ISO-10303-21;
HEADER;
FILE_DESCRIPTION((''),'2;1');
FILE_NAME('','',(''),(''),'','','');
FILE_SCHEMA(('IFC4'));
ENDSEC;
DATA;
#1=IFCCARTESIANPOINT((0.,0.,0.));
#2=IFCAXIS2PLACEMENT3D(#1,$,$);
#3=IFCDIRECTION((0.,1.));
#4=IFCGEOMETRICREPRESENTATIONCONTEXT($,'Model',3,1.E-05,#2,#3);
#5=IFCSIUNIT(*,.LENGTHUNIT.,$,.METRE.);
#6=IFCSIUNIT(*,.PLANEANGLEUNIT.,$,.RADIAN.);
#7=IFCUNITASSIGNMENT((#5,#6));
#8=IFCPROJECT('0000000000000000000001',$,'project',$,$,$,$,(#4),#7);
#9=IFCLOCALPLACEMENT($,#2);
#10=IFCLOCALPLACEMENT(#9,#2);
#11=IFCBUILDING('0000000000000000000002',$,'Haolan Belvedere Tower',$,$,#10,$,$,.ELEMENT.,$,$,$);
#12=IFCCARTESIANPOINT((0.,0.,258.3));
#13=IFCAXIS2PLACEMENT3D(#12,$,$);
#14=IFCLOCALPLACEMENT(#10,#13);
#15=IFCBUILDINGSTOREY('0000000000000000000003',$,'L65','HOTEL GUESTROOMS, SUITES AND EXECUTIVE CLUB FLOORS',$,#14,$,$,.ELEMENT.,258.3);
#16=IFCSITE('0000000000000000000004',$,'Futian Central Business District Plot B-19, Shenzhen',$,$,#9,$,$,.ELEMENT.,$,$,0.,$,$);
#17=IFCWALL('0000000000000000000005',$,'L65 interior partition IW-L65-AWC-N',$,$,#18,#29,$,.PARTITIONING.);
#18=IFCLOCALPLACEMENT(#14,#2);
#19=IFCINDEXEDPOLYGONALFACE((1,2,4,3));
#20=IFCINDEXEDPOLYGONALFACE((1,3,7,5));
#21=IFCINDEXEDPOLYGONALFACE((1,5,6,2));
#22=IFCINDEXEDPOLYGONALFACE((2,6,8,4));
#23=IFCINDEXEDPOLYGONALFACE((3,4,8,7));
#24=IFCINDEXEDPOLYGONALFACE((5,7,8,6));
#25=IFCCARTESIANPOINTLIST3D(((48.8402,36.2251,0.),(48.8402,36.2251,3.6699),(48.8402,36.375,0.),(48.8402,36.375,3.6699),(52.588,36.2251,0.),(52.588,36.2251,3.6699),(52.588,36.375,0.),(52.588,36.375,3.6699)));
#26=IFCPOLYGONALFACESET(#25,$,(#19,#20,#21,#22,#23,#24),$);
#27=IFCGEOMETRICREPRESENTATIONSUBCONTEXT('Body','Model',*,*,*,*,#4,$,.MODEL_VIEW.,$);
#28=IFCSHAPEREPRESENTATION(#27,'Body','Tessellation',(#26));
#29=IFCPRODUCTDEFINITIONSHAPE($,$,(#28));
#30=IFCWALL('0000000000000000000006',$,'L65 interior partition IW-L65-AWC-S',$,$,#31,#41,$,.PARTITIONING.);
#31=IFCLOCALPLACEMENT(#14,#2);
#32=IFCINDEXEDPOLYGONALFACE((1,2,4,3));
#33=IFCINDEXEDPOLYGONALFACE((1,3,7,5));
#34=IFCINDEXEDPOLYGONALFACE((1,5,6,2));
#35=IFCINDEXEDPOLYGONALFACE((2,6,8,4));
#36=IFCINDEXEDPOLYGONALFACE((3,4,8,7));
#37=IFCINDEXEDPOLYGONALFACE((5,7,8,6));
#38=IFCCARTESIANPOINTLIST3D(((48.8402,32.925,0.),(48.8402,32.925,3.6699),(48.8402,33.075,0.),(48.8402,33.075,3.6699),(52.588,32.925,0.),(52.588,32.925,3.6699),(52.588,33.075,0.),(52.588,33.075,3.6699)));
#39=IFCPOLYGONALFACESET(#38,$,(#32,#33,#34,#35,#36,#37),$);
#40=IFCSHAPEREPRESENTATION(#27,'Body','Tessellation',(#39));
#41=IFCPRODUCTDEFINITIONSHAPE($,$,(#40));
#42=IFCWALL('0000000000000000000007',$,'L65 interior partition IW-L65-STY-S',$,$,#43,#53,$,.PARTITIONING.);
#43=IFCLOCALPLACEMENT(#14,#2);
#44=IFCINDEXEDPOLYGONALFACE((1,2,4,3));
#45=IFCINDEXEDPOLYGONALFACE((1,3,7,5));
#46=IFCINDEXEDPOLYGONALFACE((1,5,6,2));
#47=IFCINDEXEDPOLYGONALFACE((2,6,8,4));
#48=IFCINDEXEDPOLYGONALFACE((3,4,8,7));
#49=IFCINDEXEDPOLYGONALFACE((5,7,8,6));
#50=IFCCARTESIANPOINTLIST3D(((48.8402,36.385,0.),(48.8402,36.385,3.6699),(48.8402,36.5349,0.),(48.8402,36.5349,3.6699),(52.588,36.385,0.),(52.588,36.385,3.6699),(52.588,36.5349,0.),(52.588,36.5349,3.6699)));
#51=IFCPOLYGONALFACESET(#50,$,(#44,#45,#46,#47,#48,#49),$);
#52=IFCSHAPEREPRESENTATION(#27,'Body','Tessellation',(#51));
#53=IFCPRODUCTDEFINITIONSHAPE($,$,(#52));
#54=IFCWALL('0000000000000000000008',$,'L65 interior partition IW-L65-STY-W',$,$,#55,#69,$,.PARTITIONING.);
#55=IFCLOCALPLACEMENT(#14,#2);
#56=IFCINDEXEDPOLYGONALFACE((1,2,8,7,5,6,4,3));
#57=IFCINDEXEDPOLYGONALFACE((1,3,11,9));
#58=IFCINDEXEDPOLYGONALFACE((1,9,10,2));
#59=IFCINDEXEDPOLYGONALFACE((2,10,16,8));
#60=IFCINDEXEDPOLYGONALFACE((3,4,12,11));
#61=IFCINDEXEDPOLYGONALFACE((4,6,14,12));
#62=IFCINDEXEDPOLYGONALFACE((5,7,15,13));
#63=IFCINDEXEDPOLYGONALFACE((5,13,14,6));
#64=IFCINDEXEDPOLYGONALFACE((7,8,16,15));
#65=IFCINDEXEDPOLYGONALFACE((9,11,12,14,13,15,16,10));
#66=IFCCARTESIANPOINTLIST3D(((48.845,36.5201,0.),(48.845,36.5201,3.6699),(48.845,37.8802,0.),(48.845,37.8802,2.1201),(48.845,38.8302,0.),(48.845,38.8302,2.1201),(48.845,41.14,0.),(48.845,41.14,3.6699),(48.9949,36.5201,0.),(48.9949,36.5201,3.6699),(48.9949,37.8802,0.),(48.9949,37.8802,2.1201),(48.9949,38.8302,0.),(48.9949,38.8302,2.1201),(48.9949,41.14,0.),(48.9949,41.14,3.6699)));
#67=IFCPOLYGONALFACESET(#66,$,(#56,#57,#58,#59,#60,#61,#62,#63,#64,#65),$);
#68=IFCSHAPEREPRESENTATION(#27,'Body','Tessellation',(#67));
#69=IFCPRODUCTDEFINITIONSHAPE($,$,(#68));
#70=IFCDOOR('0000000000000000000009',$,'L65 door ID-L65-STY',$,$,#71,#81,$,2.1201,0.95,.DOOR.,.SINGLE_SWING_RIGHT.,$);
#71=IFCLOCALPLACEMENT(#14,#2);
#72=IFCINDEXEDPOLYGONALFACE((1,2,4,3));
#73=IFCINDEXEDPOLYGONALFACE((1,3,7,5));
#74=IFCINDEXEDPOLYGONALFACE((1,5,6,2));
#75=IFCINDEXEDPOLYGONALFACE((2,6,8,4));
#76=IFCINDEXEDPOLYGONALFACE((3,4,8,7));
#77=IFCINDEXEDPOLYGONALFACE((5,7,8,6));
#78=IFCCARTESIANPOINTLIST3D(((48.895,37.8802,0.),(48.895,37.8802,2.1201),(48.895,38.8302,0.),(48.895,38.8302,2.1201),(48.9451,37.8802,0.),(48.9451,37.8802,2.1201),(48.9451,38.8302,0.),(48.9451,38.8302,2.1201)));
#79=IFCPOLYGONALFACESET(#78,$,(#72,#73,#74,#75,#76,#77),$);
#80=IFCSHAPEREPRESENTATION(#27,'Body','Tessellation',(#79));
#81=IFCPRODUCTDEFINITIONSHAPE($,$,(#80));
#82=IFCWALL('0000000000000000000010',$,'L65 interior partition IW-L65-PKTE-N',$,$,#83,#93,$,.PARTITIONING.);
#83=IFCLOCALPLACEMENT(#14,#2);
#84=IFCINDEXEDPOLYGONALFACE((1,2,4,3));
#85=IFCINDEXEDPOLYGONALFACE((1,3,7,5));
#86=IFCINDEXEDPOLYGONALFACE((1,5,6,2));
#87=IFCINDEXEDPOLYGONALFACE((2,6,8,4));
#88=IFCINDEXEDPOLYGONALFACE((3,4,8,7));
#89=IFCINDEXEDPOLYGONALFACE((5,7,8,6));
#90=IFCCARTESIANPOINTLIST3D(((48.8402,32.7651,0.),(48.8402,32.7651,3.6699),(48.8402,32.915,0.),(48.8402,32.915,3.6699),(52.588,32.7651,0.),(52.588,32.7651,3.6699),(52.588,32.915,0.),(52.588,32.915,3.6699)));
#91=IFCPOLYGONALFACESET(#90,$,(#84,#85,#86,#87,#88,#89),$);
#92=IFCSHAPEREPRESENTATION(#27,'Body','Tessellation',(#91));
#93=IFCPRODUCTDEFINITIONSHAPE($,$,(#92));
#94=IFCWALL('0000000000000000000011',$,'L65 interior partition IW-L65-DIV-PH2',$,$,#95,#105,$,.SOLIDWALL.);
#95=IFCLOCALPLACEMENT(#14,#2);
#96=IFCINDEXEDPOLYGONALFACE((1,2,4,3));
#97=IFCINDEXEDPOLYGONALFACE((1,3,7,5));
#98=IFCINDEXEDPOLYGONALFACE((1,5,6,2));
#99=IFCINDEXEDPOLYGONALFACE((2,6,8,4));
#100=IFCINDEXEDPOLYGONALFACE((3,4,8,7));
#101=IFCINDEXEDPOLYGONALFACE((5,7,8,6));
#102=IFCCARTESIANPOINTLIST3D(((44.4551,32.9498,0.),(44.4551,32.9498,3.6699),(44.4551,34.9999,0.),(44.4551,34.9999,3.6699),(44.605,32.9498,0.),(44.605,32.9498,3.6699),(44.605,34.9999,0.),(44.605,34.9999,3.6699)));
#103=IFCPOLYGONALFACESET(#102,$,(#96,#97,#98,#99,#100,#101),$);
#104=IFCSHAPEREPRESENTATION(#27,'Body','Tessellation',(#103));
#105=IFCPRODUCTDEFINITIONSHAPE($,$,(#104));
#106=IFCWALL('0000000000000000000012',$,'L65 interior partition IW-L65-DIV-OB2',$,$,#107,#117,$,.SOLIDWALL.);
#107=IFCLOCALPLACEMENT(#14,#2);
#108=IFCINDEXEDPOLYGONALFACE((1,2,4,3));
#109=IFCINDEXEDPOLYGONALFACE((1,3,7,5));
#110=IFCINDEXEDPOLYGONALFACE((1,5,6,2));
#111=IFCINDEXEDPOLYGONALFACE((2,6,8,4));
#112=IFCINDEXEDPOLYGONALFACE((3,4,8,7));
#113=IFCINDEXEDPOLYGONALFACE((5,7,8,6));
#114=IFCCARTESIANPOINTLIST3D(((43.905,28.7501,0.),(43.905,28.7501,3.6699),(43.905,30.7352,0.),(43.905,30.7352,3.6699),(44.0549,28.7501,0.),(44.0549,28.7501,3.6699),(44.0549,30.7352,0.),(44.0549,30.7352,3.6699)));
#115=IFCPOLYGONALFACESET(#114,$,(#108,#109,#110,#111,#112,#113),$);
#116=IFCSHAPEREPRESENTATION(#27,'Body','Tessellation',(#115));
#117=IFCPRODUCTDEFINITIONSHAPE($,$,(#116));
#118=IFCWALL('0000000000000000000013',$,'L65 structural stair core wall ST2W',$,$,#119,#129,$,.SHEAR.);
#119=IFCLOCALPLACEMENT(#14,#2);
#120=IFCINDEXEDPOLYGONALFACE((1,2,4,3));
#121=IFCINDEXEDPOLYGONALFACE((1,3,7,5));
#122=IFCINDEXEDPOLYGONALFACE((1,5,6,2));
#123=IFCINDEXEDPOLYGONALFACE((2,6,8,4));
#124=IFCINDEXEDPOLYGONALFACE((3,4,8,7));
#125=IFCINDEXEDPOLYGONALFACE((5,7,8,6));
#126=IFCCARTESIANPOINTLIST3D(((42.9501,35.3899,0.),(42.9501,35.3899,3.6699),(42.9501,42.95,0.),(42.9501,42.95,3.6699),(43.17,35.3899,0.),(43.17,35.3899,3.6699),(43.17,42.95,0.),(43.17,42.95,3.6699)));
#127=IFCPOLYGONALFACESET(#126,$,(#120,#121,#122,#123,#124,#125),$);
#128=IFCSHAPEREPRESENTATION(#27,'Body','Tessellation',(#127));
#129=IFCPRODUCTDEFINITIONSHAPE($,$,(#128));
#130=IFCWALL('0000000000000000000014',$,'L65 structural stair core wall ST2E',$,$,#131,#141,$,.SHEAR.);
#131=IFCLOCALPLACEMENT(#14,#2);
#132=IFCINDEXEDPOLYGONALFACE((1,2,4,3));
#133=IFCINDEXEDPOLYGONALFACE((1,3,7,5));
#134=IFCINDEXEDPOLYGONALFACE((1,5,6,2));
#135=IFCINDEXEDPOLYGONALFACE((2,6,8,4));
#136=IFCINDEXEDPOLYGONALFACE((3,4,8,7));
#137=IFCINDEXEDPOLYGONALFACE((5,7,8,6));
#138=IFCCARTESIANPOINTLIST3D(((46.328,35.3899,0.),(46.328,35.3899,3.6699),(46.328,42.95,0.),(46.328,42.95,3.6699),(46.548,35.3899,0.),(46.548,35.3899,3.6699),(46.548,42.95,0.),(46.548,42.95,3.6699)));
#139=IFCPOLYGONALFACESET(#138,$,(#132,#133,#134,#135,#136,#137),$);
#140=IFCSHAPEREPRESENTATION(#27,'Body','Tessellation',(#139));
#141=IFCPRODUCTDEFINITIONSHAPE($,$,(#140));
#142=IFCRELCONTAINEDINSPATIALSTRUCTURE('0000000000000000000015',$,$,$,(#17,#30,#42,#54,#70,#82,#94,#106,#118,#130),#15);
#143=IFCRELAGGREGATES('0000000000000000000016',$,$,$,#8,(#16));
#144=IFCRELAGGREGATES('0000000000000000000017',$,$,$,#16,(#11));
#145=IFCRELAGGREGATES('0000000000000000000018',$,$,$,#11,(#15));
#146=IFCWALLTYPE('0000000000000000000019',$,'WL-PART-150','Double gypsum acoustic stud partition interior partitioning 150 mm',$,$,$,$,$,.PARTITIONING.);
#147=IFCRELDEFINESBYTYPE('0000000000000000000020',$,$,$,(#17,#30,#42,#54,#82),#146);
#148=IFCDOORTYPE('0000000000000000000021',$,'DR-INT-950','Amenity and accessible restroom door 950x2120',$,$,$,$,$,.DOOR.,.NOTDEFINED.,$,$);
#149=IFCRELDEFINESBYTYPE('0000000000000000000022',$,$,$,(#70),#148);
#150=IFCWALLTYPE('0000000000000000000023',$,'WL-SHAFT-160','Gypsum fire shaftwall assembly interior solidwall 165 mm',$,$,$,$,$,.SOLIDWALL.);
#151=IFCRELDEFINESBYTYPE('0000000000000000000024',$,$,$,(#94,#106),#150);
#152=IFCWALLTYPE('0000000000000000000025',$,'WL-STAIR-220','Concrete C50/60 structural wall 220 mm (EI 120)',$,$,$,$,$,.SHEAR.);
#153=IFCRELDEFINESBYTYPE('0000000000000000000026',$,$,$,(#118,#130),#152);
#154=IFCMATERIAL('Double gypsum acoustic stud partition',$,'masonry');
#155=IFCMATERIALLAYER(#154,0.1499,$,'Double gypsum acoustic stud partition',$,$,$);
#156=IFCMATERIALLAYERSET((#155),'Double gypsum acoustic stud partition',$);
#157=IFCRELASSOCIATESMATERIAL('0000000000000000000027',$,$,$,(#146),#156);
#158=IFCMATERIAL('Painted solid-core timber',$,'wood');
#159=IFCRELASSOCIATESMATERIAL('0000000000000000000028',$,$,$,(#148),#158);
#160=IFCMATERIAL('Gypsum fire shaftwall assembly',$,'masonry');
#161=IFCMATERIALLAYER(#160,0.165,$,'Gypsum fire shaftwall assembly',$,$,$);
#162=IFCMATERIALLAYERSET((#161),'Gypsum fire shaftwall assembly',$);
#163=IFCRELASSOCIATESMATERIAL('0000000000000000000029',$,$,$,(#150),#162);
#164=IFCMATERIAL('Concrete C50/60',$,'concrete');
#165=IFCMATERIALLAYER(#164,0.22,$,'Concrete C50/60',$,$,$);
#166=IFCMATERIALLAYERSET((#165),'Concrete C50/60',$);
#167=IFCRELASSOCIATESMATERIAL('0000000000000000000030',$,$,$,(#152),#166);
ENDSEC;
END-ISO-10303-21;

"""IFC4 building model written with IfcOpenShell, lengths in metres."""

from ifc_helpers import new_model, si_unit, direction, frame, frame_2d, origin, place, context, subcontext, project, spatial, rectangle, extrude, material, layer, layer_set, type_object, element, fill, save


model = new_model("IFC4")

# Units and contexts
model_context = context("Model", 3, precision=1e-05, world=origin(), true_north=direction((0.0, 1.0)))
body_context = subcontext(model_context, "Body", "Model", "MODEL_VIEW")
ifc_project = project(units=[si_unit("LENGTHUNIT", "METRE"), si_unit("PLANEANGLEUNIT", "RADIAN")], contexts=[model_context])

# Site, building, storey
site_placement = place(None, origin())
site = spatial("IfcSite", under=ifc_project, at=site_placement, Name="Futian Central Business District Plot B-19, Shenzhen", CompositionType="ELEMENT", RefElevation=0.0)
building_placement = place(site_placement, origin())
building = spatial("IfcBuilding", under=site, at=building_placement, Name="Haolan Belvedere Tower", CompositionType="ELEMENT")
storey_placement = place(building_placement, frame((0.0, 0.0, 258.3)))
storey = spatial("IfcBuildingStorey", under=building, at=storey_placement, Name="L65", Description="HOTEL GUESTROOMS, SUITES AND EXECUTIVE CLUB FLOORS", CompositionType="ELEMENT", Elevation=258.3)

# Shared definitions
ifc_material_1 = material(Name="Concrete C50/60", Category="concrete")

# Walls
ifc_material_2 = material(Name="Double gypsum acoustic stud partition", Category="masonry")
ifc_layer_1 = layer(ifc_material_2, 0.1499, Name="Double gypsum acoustic stud partition")
ifc_layer_set_1 = layer_set([ifc_layer_1], Name="Double gypsum acoustic stud partition")
wall_type_1 = type_object("IfcWallType", Name="WL-PART-150", Description="Double gypsum acoustic stud partition interior partitioning 150 mm", PredefinedType="PARTITIONING", material=ifc_layer_set_1)
for number, where, z_axis, x_axis, name in (
    (1, (48.8401, 36.3, 0.0), (0.0, 0.0, 1.0), (1.0, 0.0, 0.0), "L65 interior partition IW-L65-AWC-N"),
    (2, (48.8401, 33.0, 0.0), (0.0, 0.0, 1.0), (1.0, 0.0, 0.0), "L65 interior partition IW-L65-AWC-S"),
):
    element("IfcWall", number, at=place(storey_placement, frame(where, z_axis=z_axis, x_axis=x_axis)), inside=storey, type_object=wall_type_1, Name=name, PredefinedType="PARTITIONING", context=body_context, shape_type="SweptSolid", body=[
        extrude(rectangle(XDim=3.7478, YDim=0.1499, at=frame_2d((1.874, 0.0))), origin(), (0.0, 0.0, 1.0), 3.6699),
    ])

# Shared definitions
ifc_material_3 = material(Name="Painted solid-core timber", Category="wood")
door_type = type_object("IfcDoorType", Name="DR-INT-950", Description="Amenity and accessible restroom door 950x2120", OperationType="NOTDEFINED", PredefinedType="DOOR", material=ifc_material_3)

# Wall
wall_1_placement = place(storey_placement, frame((48.8401, 36.46, 0.0), z_axis=(0.0, 0.0, 1.0), x_axis=(1.0, 0.0, 0.0)))
element("IfcWall", 3, at=wall_1_placement, inside=storey, type_object=wall_type_1, Name="L65 interior partition IW-L65-STY-S", PredefinedType="PARTITIONING", context=body_context, shape_type="SweptSolid", body=[
    extrude(rectangle(XDim=3.7478, YDim=0.1499, at=frame_2d((1.874, 0.0))), origin(), (0.0, 0.0, 1.0), 3.6699),
])

# Wall, opening, door
wall_2_placement = place(storey_placement, frame((48.9199, 36.52, 0.0), z_axis=(0.0, 0.0, 1.0), x_axis=(0.0, 1.0, 0.0)))
wall_2 = element("IfcWall", 4, at=wall_2_placement, inside=storey, type_object=wall_type_1, Name="L65 interior partition IW-L65-STY-W", PredefinedType="PARTITIONING", context=body_context, shape_type="SweptSolid", body=[
    extrude(rectangle(XDim=4.6199, YDim=0.1499, at=frame_2d((2.3101, 0.0))), origin(), (0.0, 0.0, 1.0), 3.6699),
])
opening_1_placement = place(wall_2_placement, frame((1.3601, 0.0, 0.0)))
opening_1 = element("IfcOpeningElement", 5, at=opening_1_placement, cuts=wall_2, PredefinedType="OPENING", context=body_context, shape_type="SweptSolid", body=[
    extrude(rectangle(XDim=0.95, YDim=2.1201, at=frame_2d((0.4751, 1.0601))), frame((0.0, 0.085, 0.0), z_axis=(0.0, -1.0, 0.0), x_axis=(1.0, 0.0, 0.0)), (0.0, 0.0, 1.0), 0.1699),
])
door_1_placement = place(opening_1_placement, origin())
door_1 = element("IfcDoor", 6, at=door_1_placement, inside=storey, type_object=door_type, Name="L65 door ID-L65-STY", OperationType="SINGLE_SWING_RIGHT", OverallHeight=2.1201, OverallWidth=0.95, PredefinedType="DOOR", context=body_context, shape_type="SweptSolid", body=[
    extrude(rectangle(XDim=0.95, YDim=2.1201, at=frame_2d((0.4751, 1.0601))), frame((0.0, 0.0249, 0.0), z_axis=(0.0, -1.0, 0.0), x_axis=(1.0, 0.0, 0.0)), (0.0, 0.0, 1.0), 0.05),
])
fill(opening_1, door_1)

# Walls
wall_3_placement = place(storey_placement, frame((48.8401, 32.8401, 0.0), z_axis=(0.0, 0.0, 1.0), x_axis=(1.0, 0.0, 0.0)))
element("IfcWall", 7, at=wall_3_placement, inside=storey, type_object=wall_type_1, Name="L65 interior partition IW-L65-PKTE-N", PredefinedType="PARTITIONING", context=body_context, shape_type="SweptSolid", body=[
    extrude(rectangle(XDim=3.7478, YDim=0.1499, at=frame_2d((1.874, 0.0))), origin(), (0.0, 0.0, 1.0), 3.6699),
])
ifc_material_4 = material(Name="Gypsum fire shaftwall assembly", Category="masonry")
ifc_layer_2 = layer(ifc_material_4, 0.165, Name="Gypsum fire shaftwall assembly")
ifc_layer_set_2 = layer_set([ifc_layer_2], Name="Gypsum fire shaftwall assembly")
wall_type_2 = type_object("IfcWallType", Name="WL-SHAFT-160", Description="Gypsum fire shaftwall assembly interior solidwall 165 mm", PredefinedType="SOLIDWALL", material=ifc_layer_set_2)
wall_4_placement = place(storey_placement, frame((44.53, 32.95, 0.0), z_axis=(0.0, 0.0, 1.0), x_axis=(0.0, 1.0, 0.0)))
element("IfcWall", 8, at=wall_4_placement, inside=storey, type_object=wall_type_2, Name="L65 interior partition IW-L65-DIV-PH2", PredefinedType="SOLIDWALL", context=body_context, shape_type="SweptSolid", body=[
    extrude(rectangle(XDim=2.05, YDim=0.1499, at=frame_2d((1.0249, 0.0))), origin(), (0.0, 0.0, 1.0), 3.6699),
])
wall_5_placement = place(storey_placement, frame((43.98, 28.75, 0.0), z_axis=(0.0, 0.0, 1.0), x_axis=(0.0, 1.0, 0.0)))
element("IfcWall", 9, at=wall_5_placement, inside=storey, type_object=wall_type_2, Name="L65 interior partition IW-L65-DIV-OB2", PredefinedType="SOLIDWALL", context=body_context, shape_type="SweptSolid", body=[
    extrude(rectangle(XDim=1.9851, YDim=0.1499, at=frame_2d((0.9927, 0.0))), origin(), (0.0, 0.0, 1.0), 3.6699),
])
ifc_layer_3 = layer(ifc_material_1, 0.22, Name="Concrete C50/60")
ifc_layer_set_3 = layer_set([ifc_layer_3], Name="Concrete C50/60")
wall_type_3 = type_object("IfcWallType", Name="WL-STAIR-220", Description="Concrete C50/60 structural wall 220 mm (EI 120)", PredefinedType="SHEAR", material=ifc_layer_set_3)
for number, where, z_axis, x_axis, name in (
    (10, (43.0601, 35.3899, 0.0), (0.0, 0.0, 1.0), (0.0, 1.0, 0.0), "L65 structural stair core wall ST2W"),
    (11, (46.438, 35.3899, 0.0), (0.0, 0.0, 1.0), (0.0, 1.0, 0.0), "L65 structural stair core wall ST2E"),
):
    element("IfcWall", number, at=place(storey_placement, frame(where, z_axis=z_axis, x_axis=x_axis)), inside=storey, type_object=wall_type_3, Name=name, PredefinedType="SHEAR", context=body_context, shape_type="SweptSolid", body=[
        extrude(rectangle(XDim=7.5601, YDim=0.22, at=frame_2d((3.78, 0.0))), origin(), (0.0, 0.0, 1.0), 3.6699),
    ])

save(model, "model.ifc")
